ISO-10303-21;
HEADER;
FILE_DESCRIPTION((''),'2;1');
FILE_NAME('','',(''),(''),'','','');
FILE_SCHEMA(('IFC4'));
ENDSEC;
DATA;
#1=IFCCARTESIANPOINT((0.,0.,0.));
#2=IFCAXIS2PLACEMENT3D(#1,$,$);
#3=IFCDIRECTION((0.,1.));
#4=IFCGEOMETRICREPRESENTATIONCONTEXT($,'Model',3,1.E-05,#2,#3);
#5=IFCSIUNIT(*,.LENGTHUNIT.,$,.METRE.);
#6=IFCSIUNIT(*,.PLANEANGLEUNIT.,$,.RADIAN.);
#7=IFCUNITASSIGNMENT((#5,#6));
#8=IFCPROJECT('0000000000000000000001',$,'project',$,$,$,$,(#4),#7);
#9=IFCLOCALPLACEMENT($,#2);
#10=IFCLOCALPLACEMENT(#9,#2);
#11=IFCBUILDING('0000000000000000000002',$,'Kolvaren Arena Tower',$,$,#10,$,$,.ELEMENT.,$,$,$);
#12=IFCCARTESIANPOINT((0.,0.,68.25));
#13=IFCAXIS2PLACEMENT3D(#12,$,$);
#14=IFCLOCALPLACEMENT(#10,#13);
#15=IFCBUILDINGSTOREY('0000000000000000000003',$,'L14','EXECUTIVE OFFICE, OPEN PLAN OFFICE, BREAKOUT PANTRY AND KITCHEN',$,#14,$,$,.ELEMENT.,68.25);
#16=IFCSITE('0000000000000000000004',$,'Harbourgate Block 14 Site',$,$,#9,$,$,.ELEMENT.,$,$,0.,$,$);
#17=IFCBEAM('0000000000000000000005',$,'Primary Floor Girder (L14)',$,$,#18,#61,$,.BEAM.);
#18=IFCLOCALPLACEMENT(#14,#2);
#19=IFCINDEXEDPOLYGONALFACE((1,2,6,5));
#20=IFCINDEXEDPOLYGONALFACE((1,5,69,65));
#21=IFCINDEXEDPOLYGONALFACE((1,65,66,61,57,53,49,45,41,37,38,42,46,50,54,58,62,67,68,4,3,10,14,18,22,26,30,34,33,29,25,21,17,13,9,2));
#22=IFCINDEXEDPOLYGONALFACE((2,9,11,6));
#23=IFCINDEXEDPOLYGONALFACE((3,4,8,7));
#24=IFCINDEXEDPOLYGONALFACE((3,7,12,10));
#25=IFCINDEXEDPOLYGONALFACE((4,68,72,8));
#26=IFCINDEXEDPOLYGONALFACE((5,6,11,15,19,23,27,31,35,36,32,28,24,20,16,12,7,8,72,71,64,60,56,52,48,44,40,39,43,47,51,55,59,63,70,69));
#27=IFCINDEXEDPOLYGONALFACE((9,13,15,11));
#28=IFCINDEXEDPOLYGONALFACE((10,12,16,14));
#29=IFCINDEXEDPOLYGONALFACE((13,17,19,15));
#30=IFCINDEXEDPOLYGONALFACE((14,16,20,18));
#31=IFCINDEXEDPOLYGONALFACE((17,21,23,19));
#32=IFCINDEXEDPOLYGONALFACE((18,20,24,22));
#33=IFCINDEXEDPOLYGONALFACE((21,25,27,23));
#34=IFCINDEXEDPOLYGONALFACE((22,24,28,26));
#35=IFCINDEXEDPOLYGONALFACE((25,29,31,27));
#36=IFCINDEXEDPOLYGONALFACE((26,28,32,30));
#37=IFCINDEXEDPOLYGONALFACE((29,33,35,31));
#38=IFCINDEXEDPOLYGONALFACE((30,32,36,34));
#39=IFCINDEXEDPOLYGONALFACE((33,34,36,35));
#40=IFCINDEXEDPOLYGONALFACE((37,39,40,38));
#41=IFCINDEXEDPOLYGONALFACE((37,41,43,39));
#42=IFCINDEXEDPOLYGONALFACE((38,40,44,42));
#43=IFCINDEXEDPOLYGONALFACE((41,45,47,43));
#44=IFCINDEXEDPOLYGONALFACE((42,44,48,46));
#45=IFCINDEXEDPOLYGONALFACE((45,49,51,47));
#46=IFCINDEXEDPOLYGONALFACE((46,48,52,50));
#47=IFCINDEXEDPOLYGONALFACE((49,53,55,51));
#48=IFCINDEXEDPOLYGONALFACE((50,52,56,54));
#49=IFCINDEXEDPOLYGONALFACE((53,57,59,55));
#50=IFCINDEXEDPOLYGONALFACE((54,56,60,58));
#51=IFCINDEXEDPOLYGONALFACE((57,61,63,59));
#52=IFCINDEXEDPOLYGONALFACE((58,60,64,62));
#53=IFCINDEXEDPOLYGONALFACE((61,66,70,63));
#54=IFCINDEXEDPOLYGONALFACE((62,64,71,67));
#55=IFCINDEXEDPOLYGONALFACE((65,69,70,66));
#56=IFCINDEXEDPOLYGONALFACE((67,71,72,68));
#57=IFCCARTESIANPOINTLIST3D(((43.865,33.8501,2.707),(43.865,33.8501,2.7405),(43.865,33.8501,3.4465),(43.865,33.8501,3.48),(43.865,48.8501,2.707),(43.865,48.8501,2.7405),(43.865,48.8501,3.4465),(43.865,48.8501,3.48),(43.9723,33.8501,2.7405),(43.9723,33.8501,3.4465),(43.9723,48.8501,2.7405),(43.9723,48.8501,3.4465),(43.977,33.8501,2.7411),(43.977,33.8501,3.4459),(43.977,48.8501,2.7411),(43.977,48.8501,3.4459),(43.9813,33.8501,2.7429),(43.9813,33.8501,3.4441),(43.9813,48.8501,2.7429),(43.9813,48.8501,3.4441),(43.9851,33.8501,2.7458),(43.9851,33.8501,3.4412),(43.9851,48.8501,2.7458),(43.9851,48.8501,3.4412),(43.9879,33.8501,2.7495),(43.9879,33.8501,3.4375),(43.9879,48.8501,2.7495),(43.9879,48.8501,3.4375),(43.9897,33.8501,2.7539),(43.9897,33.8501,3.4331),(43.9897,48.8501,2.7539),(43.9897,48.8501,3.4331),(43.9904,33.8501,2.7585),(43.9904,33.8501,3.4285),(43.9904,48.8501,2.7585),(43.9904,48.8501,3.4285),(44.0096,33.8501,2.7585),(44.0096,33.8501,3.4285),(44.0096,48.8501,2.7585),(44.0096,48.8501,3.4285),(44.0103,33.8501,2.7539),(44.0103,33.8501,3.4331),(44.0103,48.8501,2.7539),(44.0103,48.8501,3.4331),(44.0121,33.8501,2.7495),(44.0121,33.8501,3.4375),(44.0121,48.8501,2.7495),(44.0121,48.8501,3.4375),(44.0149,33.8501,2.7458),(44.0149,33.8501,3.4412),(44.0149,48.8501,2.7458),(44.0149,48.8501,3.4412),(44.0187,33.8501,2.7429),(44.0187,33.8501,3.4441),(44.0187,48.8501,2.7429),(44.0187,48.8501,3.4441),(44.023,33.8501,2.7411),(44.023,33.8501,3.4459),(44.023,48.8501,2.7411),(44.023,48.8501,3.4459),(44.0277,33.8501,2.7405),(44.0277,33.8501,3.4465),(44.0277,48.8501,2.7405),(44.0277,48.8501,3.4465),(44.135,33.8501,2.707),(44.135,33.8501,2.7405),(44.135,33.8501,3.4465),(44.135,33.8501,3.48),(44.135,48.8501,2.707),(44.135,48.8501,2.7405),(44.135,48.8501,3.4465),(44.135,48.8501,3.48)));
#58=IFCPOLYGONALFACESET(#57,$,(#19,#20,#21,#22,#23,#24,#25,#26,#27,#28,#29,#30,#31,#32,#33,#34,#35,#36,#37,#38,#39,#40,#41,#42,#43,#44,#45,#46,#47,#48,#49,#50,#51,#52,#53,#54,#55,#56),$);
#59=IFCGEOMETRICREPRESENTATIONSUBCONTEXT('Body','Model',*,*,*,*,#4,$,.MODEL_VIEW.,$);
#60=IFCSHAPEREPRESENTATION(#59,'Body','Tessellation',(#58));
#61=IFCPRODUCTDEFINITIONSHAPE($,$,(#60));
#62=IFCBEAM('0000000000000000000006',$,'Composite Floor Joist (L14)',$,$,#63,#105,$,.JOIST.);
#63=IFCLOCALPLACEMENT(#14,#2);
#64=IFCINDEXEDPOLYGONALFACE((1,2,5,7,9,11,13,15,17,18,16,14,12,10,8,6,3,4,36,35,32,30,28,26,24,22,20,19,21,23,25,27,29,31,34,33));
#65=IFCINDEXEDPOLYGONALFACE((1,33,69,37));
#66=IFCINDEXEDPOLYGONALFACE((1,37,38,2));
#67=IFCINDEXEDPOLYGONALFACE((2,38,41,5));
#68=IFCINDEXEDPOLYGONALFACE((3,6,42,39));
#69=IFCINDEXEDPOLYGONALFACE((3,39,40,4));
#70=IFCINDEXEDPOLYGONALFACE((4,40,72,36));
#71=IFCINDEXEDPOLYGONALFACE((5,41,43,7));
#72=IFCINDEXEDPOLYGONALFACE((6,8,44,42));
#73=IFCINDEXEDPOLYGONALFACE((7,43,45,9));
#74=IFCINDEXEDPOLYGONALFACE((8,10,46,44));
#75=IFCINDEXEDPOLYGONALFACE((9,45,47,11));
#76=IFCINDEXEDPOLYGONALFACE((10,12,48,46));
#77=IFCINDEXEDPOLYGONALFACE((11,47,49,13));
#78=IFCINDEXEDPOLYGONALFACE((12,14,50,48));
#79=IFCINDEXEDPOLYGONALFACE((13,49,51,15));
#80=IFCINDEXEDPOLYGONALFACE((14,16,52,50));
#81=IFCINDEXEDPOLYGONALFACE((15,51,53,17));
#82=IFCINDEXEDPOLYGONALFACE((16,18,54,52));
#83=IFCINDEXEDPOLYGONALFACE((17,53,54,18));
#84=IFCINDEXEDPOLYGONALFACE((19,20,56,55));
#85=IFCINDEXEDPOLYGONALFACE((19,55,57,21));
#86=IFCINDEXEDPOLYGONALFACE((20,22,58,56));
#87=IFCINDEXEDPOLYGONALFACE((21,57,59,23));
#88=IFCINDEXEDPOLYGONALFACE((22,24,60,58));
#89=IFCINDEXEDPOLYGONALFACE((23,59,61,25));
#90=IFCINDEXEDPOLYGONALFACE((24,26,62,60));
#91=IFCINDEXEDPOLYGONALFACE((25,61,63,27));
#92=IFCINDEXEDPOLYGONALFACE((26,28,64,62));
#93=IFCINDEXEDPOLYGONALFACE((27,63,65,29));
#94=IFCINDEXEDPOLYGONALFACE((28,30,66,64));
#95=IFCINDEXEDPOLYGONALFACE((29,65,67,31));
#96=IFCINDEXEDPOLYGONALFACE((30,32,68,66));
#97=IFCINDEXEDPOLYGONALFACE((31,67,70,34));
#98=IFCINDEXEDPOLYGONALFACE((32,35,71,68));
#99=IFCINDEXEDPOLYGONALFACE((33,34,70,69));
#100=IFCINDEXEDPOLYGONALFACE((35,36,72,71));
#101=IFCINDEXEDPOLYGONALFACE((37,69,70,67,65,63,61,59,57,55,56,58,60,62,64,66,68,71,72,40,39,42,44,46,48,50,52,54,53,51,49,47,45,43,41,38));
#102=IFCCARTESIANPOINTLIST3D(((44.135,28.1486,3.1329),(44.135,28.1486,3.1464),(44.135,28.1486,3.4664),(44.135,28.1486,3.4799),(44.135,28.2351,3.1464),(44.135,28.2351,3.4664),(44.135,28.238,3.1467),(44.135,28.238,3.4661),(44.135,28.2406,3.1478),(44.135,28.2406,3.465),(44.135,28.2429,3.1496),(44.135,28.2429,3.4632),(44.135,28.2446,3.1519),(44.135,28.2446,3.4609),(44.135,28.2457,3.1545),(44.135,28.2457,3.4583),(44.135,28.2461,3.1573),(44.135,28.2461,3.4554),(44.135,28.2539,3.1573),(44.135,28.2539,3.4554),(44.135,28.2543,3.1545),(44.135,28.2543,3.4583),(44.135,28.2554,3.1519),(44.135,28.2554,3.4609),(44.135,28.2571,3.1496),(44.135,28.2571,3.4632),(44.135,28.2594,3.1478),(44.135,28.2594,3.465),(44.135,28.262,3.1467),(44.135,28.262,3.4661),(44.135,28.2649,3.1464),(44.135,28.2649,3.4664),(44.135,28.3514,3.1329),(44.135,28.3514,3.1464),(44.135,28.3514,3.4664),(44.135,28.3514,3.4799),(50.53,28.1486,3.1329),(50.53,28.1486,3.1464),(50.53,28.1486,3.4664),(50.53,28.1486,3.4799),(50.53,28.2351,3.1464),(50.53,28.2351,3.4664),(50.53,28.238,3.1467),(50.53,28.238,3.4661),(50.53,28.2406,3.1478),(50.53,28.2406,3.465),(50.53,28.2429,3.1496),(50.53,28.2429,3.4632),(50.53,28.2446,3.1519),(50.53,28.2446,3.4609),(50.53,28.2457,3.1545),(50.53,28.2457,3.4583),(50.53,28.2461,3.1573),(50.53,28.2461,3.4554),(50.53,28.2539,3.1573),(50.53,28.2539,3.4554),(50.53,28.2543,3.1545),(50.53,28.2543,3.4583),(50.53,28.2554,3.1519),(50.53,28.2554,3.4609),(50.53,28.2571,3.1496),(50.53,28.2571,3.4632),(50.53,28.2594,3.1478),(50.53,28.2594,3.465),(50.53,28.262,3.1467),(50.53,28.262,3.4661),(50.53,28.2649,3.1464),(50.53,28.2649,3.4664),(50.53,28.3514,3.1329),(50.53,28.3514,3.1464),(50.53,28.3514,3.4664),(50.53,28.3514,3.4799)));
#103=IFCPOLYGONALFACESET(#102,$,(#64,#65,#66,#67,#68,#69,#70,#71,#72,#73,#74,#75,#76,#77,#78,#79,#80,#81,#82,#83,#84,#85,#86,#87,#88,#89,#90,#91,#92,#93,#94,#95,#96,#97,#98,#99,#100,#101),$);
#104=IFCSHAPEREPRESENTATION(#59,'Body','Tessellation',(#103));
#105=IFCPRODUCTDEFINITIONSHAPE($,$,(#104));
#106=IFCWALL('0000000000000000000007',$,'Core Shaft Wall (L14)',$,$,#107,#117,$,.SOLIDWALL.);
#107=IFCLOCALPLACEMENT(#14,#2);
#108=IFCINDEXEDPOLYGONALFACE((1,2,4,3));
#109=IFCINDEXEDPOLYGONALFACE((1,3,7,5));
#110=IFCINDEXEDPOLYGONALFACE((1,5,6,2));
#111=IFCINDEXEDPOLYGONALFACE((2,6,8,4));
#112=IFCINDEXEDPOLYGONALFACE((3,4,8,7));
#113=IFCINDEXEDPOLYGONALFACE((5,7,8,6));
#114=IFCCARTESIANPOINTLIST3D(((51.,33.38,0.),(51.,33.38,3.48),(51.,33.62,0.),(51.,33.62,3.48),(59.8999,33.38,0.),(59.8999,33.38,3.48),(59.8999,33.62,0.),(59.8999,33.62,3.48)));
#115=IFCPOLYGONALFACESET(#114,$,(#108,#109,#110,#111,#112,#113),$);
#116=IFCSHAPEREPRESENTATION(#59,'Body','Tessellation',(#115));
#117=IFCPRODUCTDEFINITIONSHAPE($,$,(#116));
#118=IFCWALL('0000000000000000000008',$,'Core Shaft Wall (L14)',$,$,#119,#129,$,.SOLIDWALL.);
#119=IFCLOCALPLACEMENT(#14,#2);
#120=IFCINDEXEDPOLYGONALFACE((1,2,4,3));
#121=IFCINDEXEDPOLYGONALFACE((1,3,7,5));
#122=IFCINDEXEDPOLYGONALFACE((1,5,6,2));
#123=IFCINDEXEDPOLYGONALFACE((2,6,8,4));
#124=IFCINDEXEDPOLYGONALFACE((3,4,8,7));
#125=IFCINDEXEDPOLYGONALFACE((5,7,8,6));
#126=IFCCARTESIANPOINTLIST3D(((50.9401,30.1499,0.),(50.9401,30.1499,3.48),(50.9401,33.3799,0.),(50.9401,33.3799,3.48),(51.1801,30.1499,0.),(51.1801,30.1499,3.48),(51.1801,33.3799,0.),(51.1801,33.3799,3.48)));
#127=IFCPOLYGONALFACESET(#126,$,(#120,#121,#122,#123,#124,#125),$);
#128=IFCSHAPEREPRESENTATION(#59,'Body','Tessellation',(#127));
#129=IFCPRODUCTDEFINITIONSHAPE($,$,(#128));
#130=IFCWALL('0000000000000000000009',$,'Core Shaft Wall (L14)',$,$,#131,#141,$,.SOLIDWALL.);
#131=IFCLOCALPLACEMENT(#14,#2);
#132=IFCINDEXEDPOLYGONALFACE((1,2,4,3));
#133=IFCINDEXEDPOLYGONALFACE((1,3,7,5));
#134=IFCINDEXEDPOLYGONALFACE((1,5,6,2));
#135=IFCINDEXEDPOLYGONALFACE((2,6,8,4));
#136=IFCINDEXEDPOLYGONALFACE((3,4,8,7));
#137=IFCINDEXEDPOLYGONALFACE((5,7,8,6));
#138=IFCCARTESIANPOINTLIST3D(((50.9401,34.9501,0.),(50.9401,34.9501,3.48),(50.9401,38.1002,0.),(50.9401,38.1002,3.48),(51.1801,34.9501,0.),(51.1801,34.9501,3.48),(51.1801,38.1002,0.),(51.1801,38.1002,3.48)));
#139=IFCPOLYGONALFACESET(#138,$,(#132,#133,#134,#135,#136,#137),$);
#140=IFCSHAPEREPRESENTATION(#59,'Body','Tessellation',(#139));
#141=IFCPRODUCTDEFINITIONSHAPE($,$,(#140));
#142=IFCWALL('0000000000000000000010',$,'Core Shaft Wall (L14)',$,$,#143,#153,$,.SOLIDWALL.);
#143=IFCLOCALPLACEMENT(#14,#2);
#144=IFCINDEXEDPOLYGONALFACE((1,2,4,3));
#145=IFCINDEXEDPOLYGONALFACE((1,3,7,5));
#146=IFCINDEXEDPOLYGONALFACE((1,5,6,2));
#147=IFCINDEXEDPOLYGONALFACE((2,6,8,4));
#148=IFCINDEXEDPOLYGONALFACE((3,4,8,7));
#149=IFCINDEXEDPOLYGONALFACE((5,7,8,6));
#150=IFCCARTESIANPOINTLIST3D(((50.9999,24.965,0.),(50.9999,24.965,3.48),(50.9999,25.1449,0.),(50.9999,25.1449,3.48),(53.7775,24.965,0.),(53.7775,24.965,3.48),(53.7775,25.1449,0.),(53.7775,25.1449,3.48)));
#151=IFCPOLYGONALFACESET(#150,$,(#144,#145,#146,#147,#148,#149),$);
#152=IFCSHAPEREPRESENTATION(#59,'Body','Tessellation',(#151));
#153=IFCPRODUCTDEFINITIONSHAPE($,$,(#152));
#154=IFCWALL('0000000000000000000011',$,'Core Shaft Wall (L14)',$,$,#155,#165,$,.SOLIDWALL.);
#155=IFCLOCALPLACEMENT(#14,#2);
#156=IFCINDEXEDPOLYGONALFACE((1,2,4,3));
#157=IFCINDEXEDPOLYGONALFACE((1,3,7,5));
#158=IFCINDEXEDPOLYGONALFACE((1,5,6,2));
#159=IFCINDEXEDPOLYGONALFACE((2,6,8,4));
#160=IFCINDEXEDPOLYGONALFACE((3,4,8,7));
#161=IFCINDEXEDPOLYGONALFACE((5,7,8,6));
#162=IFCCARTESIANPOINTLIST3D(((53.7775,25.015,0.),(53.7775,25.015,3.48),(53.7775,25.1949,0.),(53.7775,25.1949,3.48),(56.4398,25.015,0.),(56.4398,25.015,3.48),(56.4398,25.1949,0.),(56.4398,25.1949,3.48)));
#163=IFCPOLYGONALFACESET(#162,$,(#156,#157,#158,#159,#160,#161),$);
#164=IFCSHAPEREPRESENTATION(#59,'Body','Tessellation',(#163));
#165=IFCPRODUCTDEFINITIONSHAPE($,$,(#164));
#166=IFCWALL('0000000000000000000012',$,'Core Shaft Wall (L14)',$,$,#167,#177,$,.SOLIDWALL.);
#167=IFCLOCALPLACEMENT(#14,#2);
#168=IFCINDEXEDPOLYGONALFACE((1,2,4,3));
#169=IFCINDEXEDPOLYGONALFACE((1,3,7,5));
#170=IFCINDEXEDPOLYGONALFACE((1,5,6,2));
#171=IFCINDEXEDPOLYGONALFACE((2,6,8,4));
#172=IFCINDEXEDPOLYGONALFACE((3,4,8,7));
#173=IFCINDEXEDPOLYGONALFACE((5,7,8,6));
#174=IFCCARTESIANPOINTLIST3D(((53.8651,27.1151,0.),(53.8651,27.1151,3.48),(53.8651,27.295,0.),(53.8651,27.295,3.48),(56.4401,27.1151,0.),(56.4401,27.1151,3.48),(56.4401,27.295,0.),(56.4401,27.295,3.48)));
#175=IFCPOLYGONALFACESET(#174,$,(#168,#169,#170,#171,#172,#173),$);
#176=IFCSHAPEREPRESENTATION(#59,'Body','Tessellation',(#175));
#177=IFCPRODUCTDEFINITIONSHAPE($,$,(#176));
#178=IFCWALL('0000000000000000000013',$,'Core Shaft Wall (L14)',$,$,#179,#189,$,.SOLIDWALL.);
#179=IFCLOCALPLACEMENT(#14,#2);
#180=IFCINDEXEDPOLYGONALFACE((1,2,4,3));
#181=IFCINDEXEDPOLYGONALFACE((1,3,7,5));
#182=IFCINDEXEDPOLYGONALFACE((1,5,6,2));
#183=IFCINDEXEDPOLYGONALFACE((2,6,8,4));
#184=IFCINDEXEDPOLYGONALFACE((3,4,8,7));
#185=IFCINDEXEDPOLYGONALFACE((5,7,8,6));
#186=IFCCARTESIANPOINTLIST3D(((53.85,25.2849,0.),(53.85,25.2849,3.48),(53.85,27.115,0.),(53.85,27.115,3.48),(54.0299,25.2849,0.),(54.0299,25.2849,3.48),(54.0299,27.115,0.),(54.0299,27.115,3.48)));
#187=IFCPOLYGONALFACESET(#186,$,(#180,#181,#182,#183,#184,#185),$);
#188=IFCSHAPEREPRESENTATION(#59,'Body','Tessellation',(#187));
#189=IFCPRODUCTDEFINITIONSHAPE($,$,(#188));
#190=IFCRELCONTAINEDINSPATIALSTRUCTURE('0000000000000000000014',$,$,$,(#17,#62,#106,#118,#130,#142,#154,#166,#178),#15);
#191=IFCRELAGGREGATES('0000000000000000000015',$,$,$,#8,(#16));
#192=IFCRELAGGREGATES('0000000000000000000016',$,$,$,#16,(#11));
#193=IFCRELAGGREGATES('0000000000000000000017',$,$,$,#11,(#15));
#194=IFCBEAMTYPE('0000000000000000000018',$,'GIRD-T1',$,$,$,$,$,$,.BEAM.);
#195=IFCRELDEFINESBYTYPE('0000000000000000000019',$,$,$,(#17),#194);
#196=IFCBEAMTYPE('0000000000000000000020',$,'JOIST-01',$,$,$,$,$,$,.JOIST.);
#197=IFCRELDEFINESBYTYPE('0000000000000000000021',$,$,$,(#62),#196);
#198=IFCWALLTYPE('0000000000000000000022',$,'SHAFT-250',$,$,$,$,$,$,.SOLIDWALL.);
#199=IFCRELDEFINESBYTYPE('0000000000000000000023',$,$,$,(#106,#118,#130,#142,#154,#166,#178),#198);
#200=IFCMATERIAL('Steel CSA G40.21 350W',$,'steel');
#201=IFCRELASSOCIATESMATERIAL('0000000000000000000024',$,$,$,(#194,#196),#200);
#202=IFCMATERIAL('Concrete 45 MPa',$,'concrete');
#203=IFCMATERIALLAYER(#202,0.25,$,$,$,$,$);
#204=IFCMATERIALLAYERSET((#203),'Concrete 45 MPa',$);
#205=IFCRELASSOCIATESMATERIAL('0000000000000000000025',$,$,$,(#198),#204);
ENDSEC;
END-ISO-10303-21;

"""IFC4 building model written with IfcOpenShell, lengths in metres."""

from ifc_helpers import new_model, si_unit, direction, frame, frame_2d, origin, origin_2d, place, context, subcontext, project, spatial, rectangle, i_section, extrude, material, layer, layer_set, material_profile, profile_set, type_object, element, save


model = new_model("IFC4")

# Units and contexts
model_context = context("Model", 3, precision=1e-05, world=origin(), true_north=direction((0.0, 1.0)))
body_context = subcontext(model_context, "Body", "Model", "MODEL_VIEW")
ifc_project = project(units=[si_unit("LENGTHUNIT", "METRE"), si_unit("PLANEANGLEUNIT", "RADIAN")], contexts=[model_context])

# Site, building, storey
site_placement = place(None, origin())
site = spatial("IfcSite", under=ifc_project, at=site_placement, Name="Harbourgate Block 14 Site", CompositionType="ELEMENT", RefElevation=0.0)
building_placement = place(site_placement, origin())
building = spatial("IfcBuilding", under=site, at=building_placement, Name="Kolvaren Arena Tower", CompositionType="ELEMENT")
storey_placement = place(building_placement, frame((0.0, 0.0, 68.25)))
storey = spatial("IfcBuildingStorey", under=building, at=storey_placement, Name="L14", Description="EXECUTIVE OFFICE, OPEN PLAN OFFICE, BREAKOUT PANTRY AND KITCHEN", CompositionType="ELEMENT", Elevation=68.25)

# Beams
ifc_material_1 = material(Name="Steel CSA G40.21 350W", Category="steel")
ifc_material_profile_1 = material_profile(ifc_material_1, i_section(OverallWidth=0.27, OverallDepth=0.7729, WebThickness=0.0193, FlangeThickness=0.0334, FilletRadius=0.0181, at=origin_2d()), Name="W760x257")
ifc_profile_set_1 = profile_set([ifc_material_profile_1], Name="Steel CSA G40.21 350W")
beam_type_1 = type_object("IfcBeamType", Name="GIRD-T1", PredefinedType="BEAM", material=ifc_profile_set_1)
beam_1_placement = place(storey_placement, frame((44.0, 33.8501, 3.0935), z_axis=(0.0, 1.0, 0.0), x_axis=(-1.0, 0.0, 0.0)))
element("IfcBeam", 1, at=beam_1_placement, inside=storey, type_object=beam_type_1, Name="Primary Floor Girder (L14)", PredefinedType="BEAM", context=body_context, shape_type="SweptSolid", body=[
    extrude(i_section(OverallWidth=0.27, OverallDepth=0.7729, WebThickness=0.0193, FlangeThickness=0.0334, FilletRadius=0.0181, at=origin_2d()), origin(), (0.0, 0.0, 1.0), 15.0),
])
ifc_material_profile_2 = material_profile(ifc_material_1, i_section(OverallWidth=0.2029, OverallDepth=0.3469, WebThickness=0.0078, FlangeThickness=0.0134, FilletRadius=0.011, at=origin_2d()), Name="W360x64")
ifc_profile_set_2 = profile_set([ifc_material_profile_2], Name="Steel CSA G40.21 350W")
beam_type_2 = type_object("IfcBeamType", Name="JOIST-01", PredefinedType="JOIST", material=ifc_profile_set_2)
beam_2_placement = place(storey_placement, frame((44.135, 28.25, 3.3064), z_axis=(1.0, 0.0, 0.0), x_axis=(0.0, 1.0, 0.0)))
element("IfcBeam", 2, at=beam_2_placement, inside=storey, type_object=beam_type_2, Name="Composite Floor Joist (L14)", PredefinedType="JOIST", context=body_context, shape_type="SweptSolid", body=[
    extrude(i_section(OverallWidth=0.2029, OverallDepth=0.3469, WebThickness=0.0078, FlangeThickness=0.0134, FilletRadius=0.011, at=origin_2d()), origin(), (0.0, 0.0, 1.0), 6.395),
])

# Walls
ifc_material_2 = material(Name="Concrete 45 MPa", Category="concrete")
ifc_layer = layer(ifc_material_2, 0.25)
ifc_layer_set = layer_set([ifc_layer], Name="Concrete 45 MPa")
wall_type = type_object("IfcWallType", Name="SHAFT-250", PredefinedType="SOLIDWALL", material=ifc_layer_set)
wall_1_placement = place(storey_placement, frame((51.0, 33.5, 0.0), z_axis=(0.0, 0.0, 1.0), x_axis=(1.0, 0.0, 0.0)))
element("IfcWall", 3, at=wall_1_placement, inside=storey, type_object=wall_type, Name="Core Shaft Wall (L14)", PredefinedType="SOLIDWALL", context=body_context, shape_type="SweptSolid", body=[
    extrude(rectangle(XDim=8.8999, YDim=0.24, at=frame_2d((4.45, 0.0))), origin(), (0.0, 0.0, 1.0), 3.48),
])
wall_2_placement = place(storey_placement, frame((51.0601, 30.1499, 0.0), z_axis=(0.0, 0.0, 1.0), x_axis=(0.0, 1.0, 0.0)))
element("IfcWall", 4, at=wall_2_placement, inside=storey, type_object=wall_type, Name="Core Shaft Wall (L14)", PredefinedType="SOLIDWALL", context=body_context, shape_type="SweptSolid", body=[
    extrude(rectangle(XDim=3.23, YDim=0.24, at=frame_2d((1.615, 0.0))), origin(), (0.0, 0.0, 1.0), 3.48),
])
wall_3_placement = place(storey_placement, frame((51.0601, 34.95, 0.0), z_axis=(0.0, 0.0, 1.0), x_axis=(0.0, 1.0, 0.0)))
element("IfcWall", 5, at=wall_3_placement, inside=storey, type_object=wall_type, Name="Core Shaft Wall (L14)", PredefinedType="SOLIDWALL", context=body_context, shape_type="SweptSolid", body=[
    extrude(rectangle(XDim=3.1501, YDim=0.24, at=frame_2d((1.5752, 0.0))), origin(), (0.0, 0.0, 1.0), 3.48),
])
wall_4_placement = place(storey_placement, frame((51.0, 25.0549, 0.0), z_axis=(0.0, 0.0, 1.0), x_axis=(1.0, 0.0, 0.0)))
element("IfcWall", 6, at=wall_4_placement, inside=storey, type_object=wall_type, Name="Core Shaft Wall (L14)", PredefinedType="SOLIDWALL", context=body_context, shape_type="SweptSolid", body=[
    extrude(rectangle(XDim=2.7776, YDim=0.1799, at=frame_2d((1.3887, 0.0))), origin(), (0.0, 0.0, 1.0), 3.48),
])
wall_5_placement = place(storey_placement, frame((53.7776, 25.105, 0.0), z_axis=(0.0, 0.0, 1.0), x_axis=(1.0, 0.0, 0.0)))
element("IfcWall", 7, at=wall_5_placement, inside=storey, type_object=wall_type, Name="Core Shaft Wall (L14)", PredefinedType="SOLIDWALL", context=body_context, shape_type="SweptSolid", body=[
    extrude(rectangle(XDim=2.6624, YDim=0.1799, at=frame_2d((1.3311, 0.0))), origin(), (0.0, 0.0, 1.0), 3.48),
])
wall_6_placement = place(storey_placement, frame((53.865, 27.2051, 0.0), z_axis=(0.0, 0.0, 1.0), x_axis=(1.0, 0.0, 0.0)))
element("IfcWall", 8, at=wall_6_placement, inside=storey, type_object=wall_type, Name="Core Shaft Wall (L14)", PredefinedType="SOLIDWALL", context=body_context, shape_type="SweptSolid", body=[
    extrude(rectangle(XDim=2.575, YDim=0.1799, at=frame_2d((1.2876, 0.0))), origin(), (0.0, 0.0, 1.0), 3.48),
])
wall_7_placement = place(storey_placement, frame((53.9399, 25.2849, 0.0), z_axis=(0.0, 0.0, 1.0), x_axis=(0.0, 1.0, 0.0)))
element("IfcWall", 9, at=wall_7_placement, inside=storey, type_object=wall_type, Name="Core Shaft Wall (L14)", PredefinedType="SOLIDWALL", context=body_context, shape_type="SweptSolid", body=[
    extrude(rectangle(XDim=1.8301, YDim=0.1799, at=frame_2d((0.915, 0.0))), origin(), (0.0, 0.0, 1.0), 3.48),
])

save(model, "model.ifc")
